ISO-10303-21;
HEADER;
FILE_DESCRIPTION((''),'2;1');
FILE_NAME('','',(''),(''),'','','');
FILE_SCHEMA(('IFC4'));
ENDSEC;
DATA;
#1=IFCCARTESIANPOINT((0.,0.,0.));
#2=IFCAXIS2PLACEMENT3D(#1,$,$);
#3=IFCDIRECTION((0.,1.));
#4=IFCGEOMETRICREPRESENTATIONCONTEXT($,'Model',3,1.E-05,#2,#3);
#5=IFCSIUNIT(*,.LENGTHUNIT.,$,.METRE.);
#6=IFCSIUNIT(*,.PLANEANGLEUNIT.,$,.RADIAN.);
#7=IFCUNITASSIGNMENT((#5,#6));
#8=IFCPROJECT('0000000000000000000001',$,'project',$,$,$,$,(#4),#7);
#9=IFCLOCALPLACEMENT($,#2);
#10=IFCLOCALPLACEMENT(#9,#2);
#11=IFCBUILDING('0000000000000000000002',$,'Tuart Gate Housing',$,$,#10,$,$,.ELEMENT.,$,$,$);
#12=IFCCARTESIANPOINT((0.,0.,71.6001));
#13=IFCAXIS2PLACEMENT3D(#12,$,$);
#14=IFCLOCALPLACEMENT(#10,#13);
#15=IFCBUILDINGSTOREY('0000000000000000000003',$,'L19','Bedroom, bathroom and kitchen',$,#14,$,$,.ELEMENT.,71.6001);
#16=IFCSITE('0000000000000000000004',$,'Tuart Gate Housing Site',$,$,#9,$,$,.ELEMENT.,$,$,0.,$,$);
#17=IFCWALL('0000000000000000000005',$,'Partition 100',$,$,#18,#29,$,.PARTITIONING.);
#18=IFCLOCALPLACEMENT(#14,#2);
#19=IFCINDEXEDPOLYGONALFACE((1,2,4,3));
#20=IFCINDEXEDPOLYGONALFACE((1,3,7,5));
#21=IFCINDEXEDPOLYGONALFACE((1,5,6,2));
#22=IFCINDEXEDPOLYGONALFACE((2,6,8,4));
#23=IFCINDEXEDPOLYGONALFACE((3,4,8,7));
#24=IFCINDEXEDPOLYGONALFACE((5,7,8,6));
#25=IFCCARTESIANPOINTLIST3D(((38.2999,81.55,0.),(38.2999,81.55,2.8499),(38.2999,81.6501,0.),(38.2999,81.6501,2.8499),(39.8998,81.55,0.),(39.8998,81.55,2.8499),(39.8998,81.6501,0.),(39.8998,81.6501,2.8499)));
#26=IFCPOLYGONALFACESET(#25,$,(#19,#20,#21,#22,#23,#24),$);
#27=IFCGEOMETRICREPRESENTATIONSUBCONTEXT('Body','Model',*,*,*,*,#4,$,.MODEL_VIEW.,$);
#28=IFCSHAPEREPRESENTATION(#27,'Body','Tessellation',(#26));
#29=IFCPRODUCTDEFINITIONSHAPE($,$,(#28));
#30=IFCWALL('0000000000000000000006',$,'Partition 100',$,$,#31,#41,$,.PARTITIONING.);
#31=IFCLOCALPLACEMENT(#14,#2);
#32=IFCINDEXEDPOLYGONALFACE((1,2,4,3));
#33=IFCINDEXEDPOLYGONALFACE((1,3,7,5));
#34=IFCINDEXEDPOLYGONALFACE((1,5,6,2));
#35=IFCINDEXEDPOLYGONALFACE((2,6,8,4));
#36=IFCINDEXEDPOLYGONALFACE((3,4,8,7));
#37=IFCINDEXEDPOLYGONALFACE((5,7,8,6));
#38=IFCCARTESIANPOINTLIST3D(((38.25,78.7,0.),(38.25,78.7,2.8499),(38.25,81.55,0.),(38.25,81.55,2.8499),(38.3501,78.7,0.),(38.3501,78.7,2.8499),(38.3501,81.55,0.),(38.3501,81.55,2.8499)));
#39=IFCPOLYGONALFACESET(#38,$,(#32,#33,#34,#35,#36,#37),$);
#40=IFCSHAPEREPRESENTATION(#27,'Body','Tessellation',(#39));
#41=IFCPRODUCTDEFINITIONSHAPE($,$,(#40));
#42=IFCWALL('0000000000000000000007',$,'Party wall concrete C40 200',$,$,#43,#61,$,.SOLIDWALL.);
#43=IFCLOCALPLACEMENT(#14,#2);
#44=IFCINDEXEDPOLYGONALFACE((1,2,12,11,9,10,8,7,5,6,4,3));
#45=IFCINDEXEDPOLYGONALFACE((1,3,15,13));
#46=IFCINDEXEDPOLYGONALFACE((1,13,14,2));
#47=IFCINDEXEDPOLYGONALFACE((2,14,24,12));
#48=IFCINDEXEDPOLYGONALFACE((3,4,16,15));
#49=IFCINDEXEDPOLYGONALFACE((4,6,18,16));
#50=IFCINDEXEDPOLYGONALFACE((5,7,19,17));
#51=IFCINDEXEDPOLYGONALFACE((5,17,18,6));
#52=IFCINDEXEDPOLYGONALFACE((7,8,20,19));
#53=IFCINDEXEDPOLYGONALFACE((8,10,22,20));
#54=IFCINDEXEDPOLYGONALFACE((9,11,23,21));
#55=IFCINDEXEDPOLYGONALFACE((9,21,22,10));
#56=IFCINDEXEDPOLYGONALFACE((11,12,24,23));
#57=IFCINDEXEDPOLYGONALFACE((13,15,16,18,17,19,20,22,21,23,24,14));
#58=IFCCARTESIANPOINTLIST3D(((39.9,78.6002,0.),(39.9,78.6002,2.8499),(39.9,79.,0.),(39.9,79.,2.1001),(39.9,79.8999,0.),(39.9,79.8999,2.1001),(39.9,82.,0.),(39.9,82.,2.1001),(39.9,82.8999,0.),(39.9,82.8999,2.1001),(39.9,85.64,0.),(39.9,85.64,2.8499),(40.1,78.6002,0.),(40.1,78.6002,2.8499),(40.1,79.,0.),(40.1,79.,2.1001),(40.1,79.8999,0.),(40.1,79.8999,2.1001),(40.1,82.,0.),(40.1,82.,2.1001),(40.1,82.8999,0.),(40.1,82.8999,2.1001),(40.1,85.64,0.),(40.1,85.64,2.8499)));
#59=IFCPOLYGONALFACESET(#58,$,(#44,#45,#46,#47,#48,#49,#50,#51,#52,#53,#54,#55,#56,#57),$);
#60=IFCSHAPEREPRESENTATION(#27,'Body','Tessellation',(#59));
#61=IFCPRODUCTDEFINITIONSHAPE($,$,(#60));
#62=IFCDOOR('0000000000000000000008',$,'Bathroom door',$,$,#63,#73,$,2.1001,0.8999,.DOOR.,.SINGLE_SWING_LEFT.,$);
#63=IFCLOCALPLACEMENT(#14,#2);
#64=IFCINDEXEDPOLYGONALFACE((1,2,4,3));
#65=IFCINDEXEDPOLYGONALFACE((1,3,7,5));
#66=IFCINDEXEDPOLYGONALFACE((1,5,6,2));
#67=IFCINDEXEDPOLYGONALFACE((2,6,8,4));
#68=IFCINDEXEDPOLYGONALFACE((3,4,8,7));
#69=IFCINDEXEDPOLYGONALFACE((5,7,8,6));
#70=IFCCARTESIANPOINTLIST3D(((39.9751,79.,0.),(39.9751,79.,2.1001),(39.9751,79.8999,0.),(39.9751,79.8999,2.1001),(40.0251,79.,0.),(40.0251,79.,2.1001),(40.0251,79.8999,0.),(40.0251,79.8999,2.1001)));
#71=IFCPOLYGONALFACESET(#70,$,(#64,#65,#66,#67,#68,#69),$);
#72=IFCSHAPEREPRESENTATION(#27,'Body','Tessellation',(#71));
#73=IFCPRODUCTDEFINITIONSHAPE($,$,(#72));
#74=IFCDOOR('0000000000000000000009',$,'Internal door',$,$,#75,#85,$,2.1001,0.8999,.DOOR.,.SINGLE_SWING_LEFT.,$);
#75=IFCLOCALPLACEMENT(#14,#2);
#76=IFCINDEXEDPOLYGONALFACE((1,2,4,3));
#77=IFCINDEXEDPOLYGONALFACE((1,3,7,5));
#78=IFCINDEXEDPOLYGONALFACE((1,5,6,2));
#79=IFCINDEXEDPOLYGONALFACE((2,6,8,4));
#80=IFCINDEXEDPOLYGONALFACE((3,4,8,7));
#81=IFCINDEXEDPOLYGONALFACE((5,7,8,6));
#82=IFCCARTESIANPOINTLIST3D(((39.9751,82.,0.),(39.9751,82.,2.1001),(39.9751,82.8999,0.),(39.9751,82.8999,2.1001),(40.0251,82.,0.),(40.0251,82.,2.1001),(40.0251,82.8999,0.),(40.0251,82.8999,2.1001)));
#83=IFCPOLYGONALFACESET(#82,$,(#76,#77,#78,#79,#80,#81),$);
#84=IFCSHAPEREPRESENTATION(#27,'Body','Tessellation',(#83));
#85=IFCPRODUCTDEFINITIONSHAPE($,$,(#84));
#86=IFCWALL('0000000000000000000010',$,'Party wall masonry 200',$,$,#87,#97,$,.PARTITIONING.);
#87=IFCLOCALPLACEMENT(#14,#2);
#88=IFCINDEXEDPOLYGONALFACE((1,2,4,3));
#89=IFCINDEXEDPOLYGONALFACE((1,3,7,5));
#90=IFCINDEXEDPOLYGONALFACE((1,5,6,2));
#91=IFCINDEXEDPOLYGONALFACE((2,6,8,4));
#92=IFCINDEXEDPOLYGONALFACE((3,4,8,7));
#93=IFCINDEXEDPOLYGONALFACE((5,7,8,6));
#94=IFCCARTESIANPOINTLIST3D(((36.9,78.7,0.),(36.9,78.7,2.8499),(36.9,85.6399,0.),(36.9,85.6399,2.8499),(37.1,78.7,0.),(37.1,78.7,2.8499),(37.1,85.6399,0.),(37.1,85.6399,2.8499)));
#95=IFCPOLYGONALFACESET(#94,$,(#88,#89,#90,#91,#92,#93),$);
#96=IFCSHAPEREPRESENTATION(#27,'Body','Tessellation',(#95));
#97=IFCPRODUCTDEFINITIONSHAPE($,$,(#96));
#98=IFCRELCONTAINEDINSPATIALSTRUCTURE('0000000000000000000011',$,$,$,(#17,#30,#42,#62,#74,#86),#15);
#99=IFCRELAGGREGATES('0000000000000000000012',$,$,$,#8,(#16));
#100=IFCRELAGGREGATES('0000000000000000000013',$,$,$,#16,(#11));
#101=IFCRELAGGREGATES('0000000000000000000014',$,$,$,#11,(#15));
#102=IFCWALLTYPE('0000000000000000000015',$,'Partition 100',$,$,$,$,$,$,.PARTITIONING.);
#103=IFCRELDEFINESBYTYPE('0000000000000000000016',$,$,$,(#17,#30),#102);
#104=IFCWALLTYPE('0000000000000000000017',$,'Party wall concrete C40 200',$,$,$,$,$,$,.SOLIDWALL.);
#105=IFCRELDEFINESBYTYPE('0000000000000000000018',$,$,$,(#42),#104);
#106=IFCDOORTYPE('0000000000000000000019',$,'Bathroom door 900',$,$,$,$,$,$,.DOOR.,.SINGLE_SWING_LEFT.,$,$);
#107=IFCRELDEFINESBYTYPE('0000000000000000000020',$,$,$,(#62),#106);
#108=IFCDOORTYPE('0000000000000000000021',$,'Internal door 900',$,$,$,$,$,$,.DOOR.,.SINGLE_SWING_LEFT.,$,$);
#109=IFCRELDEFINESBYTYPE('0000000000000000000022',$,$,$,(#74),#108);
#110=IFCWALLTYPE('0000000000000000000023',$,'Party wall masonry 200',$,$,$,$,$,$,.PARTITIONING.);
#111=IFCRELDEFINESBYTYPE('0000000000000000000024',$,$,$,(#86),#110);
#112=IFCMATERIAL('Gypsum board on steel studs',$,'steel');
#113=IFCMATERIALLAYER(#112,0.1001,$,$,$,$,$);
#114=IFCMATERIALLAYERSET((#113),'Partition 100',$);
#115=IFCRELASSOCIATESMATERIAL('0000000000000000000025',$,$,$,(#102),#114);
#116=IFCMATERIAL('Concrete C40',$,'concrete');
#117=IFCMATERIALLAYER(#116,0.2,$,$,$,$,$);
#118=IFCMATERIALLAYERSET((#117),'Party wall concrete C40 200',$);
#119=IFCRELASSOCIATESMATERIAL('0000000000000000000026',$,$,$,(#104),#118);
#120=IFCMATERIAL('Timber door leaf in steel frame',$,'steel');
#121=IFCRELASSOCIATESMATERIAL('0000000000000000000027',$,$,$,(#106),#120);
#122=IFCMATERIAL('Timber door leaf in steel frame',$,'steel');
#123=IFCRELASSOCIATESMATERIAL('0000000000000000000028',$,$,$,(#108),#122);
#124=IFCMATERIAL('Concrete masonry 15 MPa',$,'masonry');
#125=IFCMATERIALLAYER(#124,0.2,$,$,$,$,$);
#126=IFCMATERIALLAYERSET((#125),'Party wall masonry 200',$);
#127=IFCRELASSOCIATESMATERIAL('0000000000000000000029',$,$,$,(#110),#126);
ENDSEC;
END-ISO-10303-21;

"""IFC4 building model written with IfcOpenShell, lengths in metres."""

from ifc_helpers import new_model, si_unit, direction, frame, frame_2d, origin, place, context, subcontext, project, spatial, rectangle, extrude, material, layer, layer_set, type_object, element, fill, save


model = new_model("IFC4")

# Units and contexts
model_context = context("Model", 3, precision=1e-05, world=origin(), true_north=direction((0.0, 1.0)))
body_context = subcontext(model_context, "Body", "Model", "MODEL_VIEW")
ifc_project = project(units=[si_unit("LENGTHUNIT", "METRE"), si_unit("PLANEANGLEUNIT", "RADIAN")], contexts=[model_context])

# Site, building, storey
site_placement = place(None, origin())
site = spatial("IfcSite", under=ifc_project, at=site_placement, Name="Tuart Gate Housing Site", CompositionType="ELEMENT", RefElevation=0.0)
building_placement = place(site_placement, origin())
building = spatial("IfcBuilding", under=site, at=building_placement, Name="Tuart Gate Housing", CompositionType="ELEMENT")
storey_placement = place(building_placement, frame((0.0, 0.0, 71.6001)))
storey = spatial("IfcBuildingStorey", under=building, at=storey_placement, Name="L19", Description="Bedroom, bathroom and kitchen", CompositionType="ELEMENT", Elevation=71.6001)

# Walls
ifc_material_1 = material(Name="Gypsum board on steel studs", Category="steel")
ifc_layer_1 = layer(ifc_material_1, 0.1001)
ifc_layer_set_1 = layer_set([ifc_layer_1], Name="Partition 100")
wall_type_1 = type_object("IfcWallType", Name="Partition 100", PredefinedType="PARTITIONING", material=ifc_layer_set_1)
wall_1_placement = place(storey_placement, frame((38.3, 81.6001, 0.0), z_axis=(0.0, 0.0, 1.0), x_axis=(1.0, 0.0, 0.0)))
element("IfcWall", 1, at=wall_1_placement, inside=storey, type_object=wall_type_1, Name="Partition 100", PredefinedType="PARTITIONING", context=body_context, shape_type="SweptSolid", body=[
    extrude(rectangle(XDim=1.5999, YDim=0.1001, at=frame_2d((0.7998, 0.0))), origin(), (0.0, 0.0, 1.0), 2.8499),
])
wall_2_placement = place(storey_placement, frame((38.3, 78.7, 0.0), z_axis=(0.0, 0.0, 1.0), x_axis=(0.0, 1.0, 0.0)))
element("IfcWall", 2, at=wall_2_placement, inside=storey, type_object=wall_type_1, Name="Partition 100", PredefinedType="PARTITIONING", context=body_context, shape_type="SweptSolid", body=[
    extrude(rectangle(XDim=2.8501, YDim=0.1001, at=frame_2d((1.425, 0.0))), origin(), (0.0, 0.0, 1.0), 2.8499),
])

# Wall, openings, doors
ifc_material_2 = material(Name="Concrete C40", Category="concrete")
ifc_layer_2 = layer(ifc_material_2, 0.2)
ifc_layer_set_2 = layer_set([ifc_layer_2], Name="Party wall concrete C40 200")
wall_type_2 = type_object("IfcWallType", Name="Party wall concrete C40 200", PredefinedType="SOLIDWALL", material=ifc_layer_set_2)
wall_3_placement = place(storey_placement, frame((40.0, 78.6001, 0.0), z_axis=(0.0, 0.0, 1.0), x_axis=(0.0, 1.0, 0.0)))
wall_3 = element("IfcWall", 3, at=wall_3_placement, inside=storey, type_object=wall_type_2, Name="Party wall concrete C40 200", PredefinedType="SOLIDWALL", context=body_context, shape_type="SweptSolid", body=[
    extrude(rectangle(XDim=7.0398, YDim=0.2, at=frame_2d((3.52, 0.0))), origin(), (0.0, 0.0, 1.0), 2.8499),
])
opening_1_placement = place(wall_3_placement, frame((3.3999, 0.0, 0.0)))
opening_1 = element("IfcOpeningElement", 4, at=opening_1_placement, cuts=wall_3, PredefinedType="OPENING", context=body_context, shape_type="SweptSolid", body=[
    extrude(rectangle(XDim=0.8999, YDim=2.1001, at=frame_2d((0.45, 1.05))), frame((0.0, 0.1099, 0.0), z_axis=(0.0, -1.0, 0.0), x_axis=(1.0, 0.0, 0.0)), (0.0, 0.0, 1.0), 0.22),
])
opening_2_placement = place(wall_3_placement, frame((0.3999, 0.0, 0.0)))
opening_2 = element("IfcOpeningElement", 5, at=opening_2_placement, cuts=wall_3, PredefinedType="OPENING", context=body_context, shape_type="SweptSolid", body=[
    extrude(rectangle(XDim=0.8999, YDim=2.1001, at=frame_2d((0.45, 1.05))), frame((0.0, 0.1099, 0.0), z_axis=(0.0, -1.0, 0.0), x_axis=(1.0, 0.0, 0.0)), (0.0, 0.0, 1.0), 0.22),
])
ifc_material_3 = material(Name="Timber door leaf in steel frame", Category="steel")
door_type_1 = type_object("IfcDoorType", Name="Bathroom door 900", OperationType="SINGLE_SWING_LEFT", PredefinedType="DOOR", material=ifc_material_3)
door_1_placement = place(opening_2_placement, origin())
door_1 = element("IfcDoor", 6, at=door_1_placement, inside=storey, type_object=door_type_1, Name="Bathroom door", OperationType="SINGLE_SWING_LEFT", OverallHeight=2.1001, OverallWidth=0.8999, PredefinedType="DOOR", context=body_context, shape_type="SweptSolid", body=[
    extrude(rectangle(XDim=0.8999, YDim=2.1001, at=frame_2d((0.45, 1.05))), frame((0.0, 0.0249, 0.0), z_axis=(0.0, -1.0, 0.0), x_axis=(1.0, 0.0, 0.0)), (0.0, 0.0, 1.0), 0.05),
])
fill(opening_2, door_1)
ifc_material_4 = material(Name="Timber door leaf in steel frame", Category="steel")
door_type_2 = type_object("IfcDoorType", Name="Internal door 900", OperationType="SINGLE_SWING_LEFT", PredefinedType="DOOR", material=ifc_material_4)
door_2_placement = place(opening_1_placement, origin())
door_2 = element("IfcDoor", 7, at=door_2_placement, inside=storey, type_object=door_type_2, Name="Internal door", OperationType="SINGLE_SWING_LEFT", OverallHeight=2.1001, OverallWidth=0.8999, PredefinedType="DOOR", context=body_context, shape_type="SweptSolid", body=[
    extrude(rectangle(XDim=0.8999, YDim=2.1001, at=frame_2d((0.45, 1.05))), frame((0.0, 0.0249, 0.0), z_axis=(0.0, -1.0, 0.0), x_axis=(1.0, 0.0, 0.0)), (0.0, 0.0, 1.0), 0.05),
])
fill(opening_1, door_2)

# Wall
ifc_material_5 = material(Name="Concrete masonry 15 MPa", Category="masonry")
ifc_layer_3 = layer(ifc_material_5, 0.2)
ifc_layer_set_3 = layer_set([ifc_layer_3], Name="Party wall masonry 200")
wall_type_3 = type_object("IfcWallType", Name="Party wall masonry 200", PredefinedType="PARTITIONING", material=ifc_layer_set_3)
wall_4_placement = place(storey_placement, frame((37.0, 78.7, 0.0), z_axis=(0.0, 0.0, 1.0), x_axis=(0.0, 1.0, 0.0)))
element("IfcWall", 8, at=wall_4_placement, inside=storey, type_object=wall_type_3, Name="Party wall masonry 200", PredefinedType="PARTITIONING", context=body_context, shape_type="SweptSolid", body=[
    extrude(rectangle(XDim=6.9399, YDim=0.2, at=frame_2d((3.47, 0.0))), origin(), (0.0, 0.0, 1.0), 2.8499),
])

save(model, "model.ifc")
